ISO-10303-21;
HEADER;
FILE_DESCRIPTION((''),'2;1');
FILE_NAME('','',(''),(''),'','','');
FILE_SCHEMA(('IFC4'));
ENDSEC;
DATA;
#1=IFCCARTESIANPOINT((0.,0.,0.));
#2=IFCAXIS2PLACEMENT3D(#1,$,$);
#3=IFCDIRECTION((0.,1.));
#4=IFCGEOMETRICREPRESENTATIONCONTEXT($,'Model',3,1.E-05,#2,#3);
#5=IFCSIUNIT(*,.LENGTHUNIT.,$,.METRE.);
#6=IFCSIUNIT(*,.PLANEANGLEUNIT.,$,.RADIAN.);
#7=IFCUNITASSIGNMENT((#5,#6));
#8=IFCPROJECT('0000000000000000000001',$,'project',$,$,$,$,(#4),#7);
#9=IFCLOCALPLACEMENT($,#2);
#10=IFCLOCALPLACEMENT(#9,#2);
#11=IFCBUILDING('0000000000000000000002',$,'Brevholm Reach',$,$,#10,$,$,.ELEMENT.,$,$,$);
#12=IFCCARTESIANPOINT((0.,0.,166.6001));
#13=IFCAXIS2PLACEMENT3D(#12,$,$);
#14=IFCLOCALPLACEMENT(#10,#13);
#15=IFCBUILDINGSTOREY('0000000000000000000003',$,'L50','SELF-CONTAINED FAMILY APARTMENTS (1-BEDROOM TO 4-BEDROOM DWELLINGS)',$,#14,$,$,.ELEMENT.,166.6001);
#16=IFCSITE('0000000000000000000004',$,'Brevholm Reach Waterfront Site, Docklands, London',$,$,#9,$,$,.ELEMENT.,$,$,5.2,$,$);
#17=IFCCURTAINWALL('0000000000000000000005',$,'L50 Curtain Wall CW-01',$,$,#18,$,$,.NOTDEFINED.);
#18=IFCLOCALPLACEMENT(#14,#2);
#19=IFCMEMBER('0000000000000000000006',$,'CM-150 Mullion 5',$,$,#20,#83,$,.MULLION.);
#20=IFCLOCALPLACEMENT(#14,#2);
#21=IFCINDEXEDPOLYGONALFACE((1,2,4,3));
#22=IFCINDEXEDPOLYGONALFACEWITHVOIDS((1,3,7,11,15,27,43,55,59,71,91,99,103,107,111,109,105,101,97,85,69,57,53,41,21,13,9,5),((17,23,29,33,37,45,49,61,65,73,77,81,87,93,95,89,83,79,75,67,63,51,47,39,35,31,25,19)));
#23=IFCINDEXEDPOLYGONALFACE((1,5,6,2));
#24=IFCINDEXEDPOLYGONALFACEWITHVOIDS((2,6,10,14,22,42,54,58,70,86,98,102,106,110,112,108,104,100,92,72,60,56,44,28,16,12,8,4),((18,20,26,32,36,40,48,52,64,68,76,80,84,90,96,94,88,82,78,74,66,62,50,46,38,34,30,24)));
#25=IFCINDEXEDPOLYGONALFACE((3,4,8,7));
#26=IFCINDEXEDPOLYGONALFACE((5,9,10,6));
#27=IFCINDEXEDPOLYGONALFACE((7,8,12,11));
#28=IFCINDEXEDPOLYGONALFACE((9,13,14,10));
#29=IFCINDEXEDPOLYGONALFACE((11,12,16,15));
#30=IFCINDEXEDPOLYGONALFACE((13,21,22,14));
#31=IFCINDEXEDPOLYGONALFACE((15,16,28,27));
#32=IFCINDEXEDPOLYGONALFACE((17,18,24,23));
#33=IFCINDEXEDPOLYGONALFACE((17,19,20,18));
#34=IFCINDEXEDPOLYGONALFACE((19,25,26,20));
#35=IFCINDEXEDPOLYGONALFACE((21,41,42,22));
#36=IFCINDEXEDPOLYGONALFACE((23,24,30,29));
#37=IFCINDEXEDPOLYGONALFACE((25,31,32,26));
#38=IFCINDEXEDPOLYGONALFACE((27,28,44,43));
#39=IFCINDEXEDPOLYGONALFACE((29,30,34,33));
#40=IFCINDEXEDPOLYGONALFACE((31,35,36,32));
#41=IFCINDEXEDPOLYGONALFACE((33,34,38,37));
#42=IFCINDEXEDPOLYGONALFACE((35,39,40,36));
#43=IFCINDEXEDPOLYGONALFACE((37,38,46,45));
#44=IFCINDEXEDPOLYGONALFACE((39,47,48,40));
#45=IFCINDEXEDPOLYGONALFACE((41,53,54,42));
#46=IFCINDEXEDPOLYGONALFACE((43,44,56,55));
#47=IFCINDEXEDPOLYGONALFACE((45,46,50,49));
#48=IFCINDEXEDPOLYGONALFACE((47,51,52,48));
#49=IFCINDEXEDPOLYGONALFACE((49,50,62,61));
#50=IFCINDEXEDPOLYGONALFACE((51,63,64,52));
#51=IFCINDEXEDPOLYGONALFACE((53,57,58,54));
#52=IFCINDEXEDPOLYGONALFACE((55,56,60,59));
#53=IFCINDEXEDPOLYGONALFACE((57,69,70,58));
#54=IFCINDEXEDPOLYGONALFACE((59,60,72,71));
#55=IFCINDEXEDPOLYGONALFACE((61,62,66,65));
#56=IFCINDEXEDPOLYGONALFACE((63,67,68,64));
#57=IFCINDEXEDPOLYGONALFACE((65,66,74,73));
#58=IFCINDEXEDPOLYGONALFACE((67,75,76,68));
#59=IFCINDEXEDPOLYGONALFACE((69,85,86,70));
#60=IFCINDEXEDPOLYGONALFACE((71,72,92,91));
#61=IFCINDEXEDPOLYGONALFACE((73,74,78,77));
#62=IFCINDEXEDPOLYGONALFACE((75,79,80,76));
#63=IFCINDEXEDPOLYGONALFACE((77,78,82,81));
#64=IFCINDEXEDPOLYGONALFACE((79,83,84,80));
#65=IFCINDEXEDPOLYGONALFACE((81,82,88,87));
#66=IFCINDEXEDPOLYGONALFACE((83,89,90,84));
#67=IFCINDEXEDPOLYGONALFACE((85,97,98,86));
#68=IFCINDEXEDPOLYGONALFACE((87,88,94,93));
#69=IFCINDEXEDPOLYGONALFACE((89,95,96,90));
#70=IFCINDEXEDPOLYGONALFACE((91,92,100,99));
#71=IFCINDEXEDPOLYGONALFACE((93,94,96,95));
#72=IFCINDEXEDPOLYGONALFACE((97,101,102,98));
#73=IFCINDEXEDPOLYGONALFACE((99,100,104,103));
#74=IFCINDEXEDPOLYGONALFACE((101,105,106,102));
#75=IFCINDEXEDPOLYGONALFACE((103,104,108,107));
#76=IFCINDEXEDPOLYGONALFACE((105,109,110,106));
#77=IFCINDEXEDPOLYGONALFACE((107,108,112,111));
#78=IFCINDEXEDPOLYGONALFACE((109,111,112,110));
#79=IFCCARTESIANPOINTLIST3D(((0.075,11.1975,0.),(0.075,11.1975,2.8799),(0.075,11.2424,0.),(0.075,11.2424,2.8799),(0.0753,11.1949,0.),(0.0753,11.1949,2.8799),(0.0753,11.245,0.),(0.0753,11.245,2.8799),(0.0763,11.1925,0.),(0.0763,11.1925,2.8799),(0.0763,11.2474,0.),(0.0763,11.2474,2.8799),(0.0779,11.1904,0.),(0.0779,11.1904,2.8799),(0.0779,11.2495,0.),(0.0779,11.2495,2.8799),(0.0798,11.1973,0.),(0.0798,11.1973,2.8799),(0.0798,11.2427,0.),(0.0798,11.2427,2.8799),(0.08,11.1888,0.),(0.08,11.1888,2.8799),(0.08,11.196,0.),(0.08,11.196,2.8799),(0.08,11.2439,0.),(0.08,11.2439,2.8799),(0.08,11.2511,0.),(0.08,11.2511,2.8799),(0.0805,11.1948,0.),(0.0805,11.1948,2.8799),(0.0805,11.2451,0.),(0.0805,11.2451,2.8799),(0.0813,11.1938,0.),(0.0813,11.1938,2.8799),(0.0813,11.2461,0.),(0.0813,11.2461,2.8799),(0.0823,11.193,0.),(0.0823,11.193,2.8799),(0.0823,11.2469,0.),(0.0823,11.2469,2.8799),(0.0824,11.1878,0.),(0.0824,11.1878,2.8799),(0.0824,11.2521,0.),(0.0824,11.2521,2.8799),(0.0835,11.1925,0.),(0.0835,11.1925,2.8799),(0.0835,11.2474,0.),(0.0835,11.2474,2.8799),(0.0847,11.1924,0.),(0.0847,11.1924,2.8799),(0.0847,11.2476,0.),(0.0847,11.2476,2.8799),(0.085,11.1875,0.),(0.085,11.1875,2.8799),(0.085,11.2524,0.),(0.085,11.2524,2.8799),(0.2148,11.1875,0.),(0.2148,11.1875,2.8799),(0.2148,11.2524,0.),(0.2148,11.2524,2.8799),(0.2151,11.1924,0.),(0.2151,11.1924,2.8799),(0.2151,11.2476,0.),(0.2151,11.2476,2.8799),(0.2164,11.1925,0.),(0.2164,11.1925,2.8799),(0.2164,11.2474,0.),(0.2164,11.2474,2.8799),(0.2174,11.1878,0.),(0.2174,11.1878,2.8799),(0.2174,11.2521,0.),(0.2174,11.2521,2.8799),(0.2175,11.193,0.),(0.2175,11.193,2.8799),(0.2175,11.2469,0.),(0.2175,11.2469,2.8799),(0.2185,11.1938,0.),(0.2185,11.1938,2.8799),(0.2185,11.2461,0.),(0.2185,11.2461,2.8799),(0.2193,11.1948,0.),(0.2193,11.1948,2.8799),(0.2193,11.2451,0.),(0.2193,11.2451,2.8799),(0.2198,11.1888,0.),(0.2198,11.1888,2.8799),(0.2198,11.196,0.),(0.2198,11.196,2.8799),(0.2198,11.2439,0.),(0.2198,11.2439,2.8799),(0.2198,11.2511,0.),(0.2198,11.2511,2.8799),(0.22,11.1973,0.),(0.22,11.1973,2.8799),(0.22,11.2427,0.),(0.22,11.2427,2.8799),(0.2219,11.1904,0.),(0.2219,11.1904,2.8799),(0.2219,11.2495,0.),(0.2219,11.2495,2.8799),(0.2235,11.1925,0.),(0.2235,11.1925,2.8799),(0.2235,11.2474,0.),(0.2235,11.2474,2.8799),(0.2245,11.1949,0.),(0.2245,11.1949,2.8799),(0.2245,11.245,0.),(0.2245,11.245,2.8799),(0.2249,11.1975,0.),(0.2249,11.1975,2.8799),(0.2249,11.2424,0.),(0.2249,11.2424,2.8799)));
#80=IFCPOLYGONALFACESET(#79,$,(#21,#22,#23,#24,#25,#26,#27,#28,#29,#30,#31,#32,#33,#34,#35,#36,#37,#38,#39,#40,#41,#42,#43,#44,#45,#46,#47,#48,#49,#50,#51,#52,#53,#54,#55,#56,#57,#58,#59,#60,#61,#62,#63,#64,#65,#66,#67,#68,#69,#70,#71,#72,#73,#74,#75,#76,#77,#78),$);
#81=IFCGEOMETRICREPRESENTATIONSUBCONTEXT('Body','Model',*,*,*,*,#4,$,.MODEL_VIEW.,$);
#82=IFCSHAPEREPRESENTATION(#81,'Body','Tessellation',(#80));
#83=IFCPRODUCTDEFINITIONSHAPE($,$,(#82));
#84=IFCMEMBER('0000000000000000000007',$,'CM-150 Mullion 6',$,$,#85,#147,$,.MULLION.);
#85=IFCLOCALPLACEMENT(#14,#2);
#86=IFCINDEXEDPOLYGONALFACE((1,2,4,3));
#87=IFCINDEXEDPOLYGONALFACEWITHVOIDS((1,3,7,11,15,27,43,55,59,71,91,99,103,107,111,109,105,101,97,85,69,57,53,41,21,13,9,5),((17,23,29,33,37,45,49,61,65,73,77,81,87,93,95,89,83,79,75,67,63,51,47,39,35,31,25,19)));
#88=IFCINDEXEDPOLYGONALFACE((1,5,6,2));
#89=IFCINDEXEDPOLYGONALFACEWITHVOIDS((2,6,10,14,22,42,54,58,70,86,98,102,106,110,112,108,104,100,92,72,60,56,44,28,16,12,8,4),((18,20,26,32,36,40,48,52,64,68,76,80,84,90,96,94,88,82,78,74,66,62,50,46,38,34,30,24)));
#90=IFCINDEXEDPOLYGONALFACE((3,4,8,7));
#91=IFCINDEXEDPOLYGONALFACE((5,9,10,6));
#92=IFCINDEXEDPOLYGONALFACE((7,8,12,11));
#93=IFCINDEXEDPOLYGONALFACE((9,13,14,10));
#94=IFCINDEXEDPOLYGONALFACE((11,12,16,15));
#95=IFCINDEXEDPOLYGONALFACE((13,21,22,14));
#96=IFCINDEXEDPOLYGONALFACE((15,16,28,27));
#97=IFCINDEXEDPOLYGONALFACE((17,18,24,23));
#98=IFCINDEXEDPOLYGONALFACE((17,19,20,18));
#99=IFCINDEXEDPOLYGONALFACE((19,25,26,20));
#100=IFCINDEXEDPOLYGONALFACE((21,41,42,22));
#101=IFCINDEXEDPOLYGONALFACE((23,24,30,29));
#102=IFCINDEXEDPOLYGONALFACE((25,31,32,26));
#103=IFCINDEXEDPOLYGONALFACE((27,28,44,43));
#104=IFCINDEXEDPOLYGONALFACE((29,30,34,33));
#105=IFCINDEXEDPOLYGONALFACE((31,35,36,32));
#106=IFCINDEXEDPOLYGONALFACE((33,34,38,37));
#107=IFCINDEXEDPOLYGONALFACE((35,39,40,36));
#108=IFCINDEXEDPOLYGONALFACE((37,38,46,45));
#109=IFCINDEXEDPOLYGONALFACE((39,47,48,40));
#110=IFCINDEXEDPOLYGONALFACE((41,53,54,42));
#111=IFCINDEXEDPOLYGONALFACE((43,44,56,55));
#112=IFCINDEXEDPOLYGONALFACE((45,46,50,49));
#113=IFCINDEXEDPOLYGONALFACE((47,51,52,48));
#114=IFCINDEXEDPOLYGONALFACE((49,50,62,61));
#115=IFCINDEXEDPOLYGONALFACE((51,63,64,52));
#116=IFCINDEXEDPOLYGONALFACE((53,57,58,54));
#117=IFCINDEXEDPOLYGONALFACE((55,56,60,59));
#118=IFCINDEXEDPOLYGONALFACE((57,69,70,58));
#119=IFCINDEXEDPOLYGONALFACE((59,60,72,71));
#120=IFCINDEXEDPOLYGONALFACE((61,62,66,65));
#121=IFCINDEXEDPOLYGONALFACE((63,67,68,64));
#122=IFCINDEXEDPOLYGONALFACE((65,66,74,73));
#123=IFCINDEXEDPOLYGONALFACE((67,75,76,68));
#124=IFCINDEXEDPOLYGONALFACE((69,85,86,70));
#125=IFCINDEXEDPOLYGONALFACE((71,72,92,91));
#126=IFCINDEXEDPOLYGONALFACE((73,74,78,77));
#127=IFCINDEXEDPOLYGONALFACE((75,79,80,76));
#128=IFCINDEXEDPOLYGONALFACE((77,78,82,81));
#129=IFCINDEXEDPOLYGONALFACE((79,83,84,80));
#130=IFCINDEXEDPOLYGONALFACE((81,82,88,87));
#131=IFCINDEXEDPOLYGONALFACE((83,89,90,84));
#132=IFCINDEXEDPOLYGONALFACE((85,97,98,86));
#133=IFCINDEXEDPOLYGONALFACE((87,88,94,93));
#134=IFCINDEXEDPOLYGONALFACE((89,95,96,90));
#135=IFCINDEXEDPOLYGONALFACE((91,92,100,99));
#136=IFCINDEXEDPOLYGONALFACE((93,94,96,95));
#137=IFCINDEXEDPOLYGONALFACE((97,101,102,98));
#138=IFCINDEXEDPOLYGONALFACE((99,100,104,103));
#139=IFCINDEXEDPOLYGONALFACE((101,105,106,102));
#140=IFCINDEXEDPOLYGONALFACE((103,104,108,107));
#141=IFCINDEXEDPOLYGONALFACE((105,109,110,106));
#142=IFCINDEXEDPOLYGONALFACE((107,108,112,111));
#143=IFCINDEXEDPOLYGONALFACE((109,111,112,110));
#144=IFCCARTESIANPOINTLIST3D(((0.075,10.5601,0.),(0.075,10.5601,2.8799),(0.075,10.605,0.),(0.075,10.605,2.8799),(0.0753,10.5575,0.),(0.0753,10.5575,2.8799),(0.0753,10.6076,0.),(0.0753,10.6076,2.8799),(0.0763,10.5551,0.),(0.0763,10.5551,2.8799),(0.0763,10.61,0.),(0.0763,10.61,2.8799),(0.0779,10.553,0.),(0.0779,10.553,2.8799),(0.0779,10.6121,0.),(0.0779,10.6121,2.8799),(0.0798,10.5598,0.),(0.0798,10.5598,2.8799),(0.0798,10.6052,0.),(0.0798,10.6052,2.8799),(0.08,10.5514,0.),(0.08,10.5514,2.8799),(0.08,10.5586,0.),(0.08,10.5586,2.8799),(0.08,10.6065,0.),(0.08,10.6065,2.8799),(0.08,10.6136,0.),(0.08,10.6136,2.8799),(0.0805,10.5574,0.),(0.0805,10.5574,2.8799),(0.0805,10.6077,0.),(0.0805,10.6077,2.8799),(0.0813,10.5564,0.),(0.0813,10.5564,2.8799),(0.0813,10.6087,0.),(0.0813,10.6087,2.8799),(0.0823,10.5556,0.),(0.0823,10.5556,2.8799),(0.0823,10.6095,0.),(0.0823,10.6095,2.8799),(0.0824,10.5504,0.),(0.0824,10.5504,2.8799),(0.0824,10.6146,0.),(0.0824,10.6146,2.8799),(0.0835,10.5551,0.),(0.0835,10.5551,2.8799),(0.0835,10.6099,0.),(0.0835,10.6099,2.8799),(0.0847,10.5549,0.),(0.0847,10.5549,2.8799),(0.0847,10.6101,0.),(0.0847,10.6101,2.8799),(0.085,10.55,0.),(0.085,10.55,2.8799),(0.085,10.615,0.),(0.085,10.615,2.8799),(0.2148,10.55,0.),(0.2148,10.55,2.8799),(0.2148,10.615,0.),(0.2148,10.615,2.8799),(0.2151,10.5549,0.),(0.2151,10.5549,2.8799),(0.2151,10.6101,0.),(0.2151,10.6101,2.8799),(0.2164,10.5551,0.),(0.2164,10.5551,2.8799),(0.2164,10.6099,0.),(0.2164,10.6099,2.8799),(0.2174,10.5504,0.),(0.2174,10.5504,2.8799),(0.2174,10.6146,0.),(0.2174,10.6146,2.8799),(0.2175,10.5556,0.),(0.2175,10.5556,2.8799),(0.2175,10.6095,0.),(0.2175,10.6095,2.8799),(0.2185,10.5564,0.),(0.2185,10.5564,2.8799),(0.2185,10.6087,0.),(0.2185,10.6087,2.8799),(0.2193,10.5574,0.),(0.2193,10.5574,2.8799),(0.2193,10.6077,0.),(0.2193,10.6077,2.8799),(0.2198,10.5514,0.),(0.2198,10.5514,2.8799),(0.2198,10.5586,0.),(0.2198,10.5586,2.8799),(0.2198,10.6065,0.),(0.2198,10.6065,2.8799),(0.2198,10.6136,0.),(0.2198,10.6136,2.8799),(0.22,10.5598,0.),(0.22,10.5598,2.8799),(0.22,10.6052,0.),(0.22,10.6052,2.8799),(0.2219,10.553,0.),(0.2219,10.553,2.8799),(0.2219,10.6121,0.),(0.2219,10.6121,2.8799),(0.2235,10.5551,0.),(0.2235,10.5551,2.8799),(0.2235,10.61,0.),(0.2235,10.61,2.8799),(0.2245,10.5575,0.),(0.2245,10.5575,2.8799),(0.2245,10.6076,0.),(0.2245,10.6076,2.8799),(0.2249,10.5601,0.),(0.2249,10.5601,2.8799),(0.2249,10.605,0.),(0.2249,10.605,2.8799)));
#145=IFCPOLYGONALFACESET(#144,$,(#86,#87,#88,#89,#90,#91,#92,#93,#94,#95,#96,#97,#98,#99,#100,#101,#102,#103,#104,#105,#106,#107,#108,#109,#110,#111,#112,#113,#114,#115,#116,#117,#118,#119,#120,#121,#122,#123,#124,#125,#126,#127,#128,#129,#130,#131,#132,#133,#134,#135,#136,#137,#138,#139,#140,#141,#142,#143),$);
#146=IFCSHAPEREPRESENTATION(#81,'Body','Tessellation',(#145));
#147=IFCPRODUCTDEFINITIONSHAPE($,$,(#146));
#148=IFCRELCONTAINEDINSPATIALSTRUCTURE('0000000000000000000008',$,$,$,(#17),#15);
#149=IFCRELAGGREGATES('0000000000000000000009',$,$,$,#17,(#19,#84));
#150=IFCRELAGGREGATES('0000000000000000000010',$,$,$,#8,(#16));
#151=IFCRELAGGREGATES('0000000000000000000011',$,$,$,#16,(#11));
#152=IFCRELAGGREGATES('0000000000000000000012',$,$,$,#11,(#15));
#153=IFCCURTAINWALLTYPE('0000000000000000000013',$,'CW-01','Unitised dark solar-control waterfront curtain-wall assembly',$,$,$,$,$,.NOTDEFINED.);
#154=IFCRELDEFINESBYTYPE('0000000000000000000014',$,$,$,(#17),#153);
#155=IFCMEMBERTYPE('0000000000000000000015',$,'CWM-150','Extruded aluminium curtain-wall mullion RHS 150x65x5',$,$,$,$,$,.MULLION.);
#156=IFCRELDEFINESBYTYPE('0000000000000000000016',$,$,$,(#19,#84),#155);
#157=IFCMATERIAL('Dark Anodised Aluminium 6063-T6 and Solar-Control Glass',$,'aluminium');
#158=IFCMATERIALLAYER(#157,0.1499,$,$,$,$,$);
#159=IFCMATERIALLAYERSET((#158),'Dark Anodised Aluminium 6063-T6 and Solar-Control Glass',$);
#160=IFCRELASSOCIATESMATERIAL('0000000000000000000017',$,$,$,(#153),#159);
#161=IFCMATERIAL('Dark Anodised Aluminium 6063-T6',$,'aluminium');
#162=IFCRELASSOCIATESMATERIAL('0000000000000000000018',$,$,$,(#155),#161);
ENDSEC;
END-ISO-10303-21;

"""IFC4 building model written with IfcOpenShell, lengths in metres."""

from ifc_helpers import new_model, si_unit, direction, frame, origin, origin_2d, place, context, subcontext, project, spatial, hollow_rectangle, extrude, material, layer, layer_set, material_profile, profile_set, type_object, element, aggregate, save


model = new_model("IFC4")

# Units and contexts
model_context = context("Model", 3, precision=1e-05, world=origin(), true_north=direction((0.0, 1.0)))
body_context = subcontext(model_context, "Body", "Model", "MODEL_VIEW")
ifc_project = project(units=[si_unit("LENGTHUNIT", "METRE"), si_unit("PLANEANGLEUNIT", "RADIAN")], contexts=[model_context])

# Site, building, storey
site_placement = place(None, origin())
site = spatial("IfcSite", under=ifc_project, at=site_placement, Name="Brevholm Reach Waterfront Site, Docklands, London", CompositionType="ELEMENT", RefElevation=5.2)
building_placement = place(site_placement, origin())
building = spatial("IfcBuilding", under=site, at=building_placement, Name="Brevholm Reach", CompositionType="ELEMENT")
storey_placement = place(building_placement, frame((0.0, 0.0, 166.6001)))
storey = spatial("IfcBuildingStorey", under=building, at=storey_placement, Name="L50", Description="SELF-CONTAINED FAMILY APARTMENTS (1-BEDROOM TO 4-BEDROOM DWELLINGS)", CompositionType="ELEMENT", Elevation=166.6001)

# Curtain wall, members
ifc_material_1 = material(Name="Dark Anodised Aluminium 6063-T6 and Solar-Control Glass", Category="aluminium")
ifc_layer_1 = layer(ifc_material_1, 0.1499)
ifc_layer_set_1 = layer_set([ifc_layer_1], Name="Dark Anodised Aluminium 6063-T6 and Solar-Control Glass")
curtain_wall_type = type_object("IfcCurtainWallType", Name="CW-01", Description="Unitised dark solar-control waterfront curtain-wall assembly", PredefinedType="NOTDEFINED", material=ifc_layer_set_1)
curtain_wall_placement = place(storey_placement, origin())
curtain_wall = element("IfcCurtainWall", 1, at=curtain_wall_placement, inside=storey, type_object=curtain_wall_type, Name="L50 Curtain Wall CW-01", PredefinedType="NOTDEFINED")
ifc_material_2 = material(Name="Dark Anodised Aluminium 6063-T6", Category="aluminium")
ifc_material_profile_1 = material_profile(ifc_material_2, hollow_rectangle(XDim=0.0649, YDim=0.1499, WallThickness=0.0049, InnerFilletRadius=0.0049, OuterFilletRadius=0.01, at=origin_2d()), Name="RHS 150x65x5")
ifc_profile_set_1 = profile_set([ifc_material_profile_1], Name="Dark Anodised Aluminium 6063-T6")
member_type_1 = type_object("IfcMemberType", Name="CWM-150", Description="Extruded aluminium curtain-wall mullion RHS 150x65x5", PredefinedType="MULLION", material=ifc_profile_set_1)
member_1_placement = place(storey_placement, frame((0.1499, 11.22, 0.0), z_axis=(0.0, 0.0, 1.0), x_axis=(0.0, -1.0, 0.0)))
member_1 = element("IfcMember", 2, at=member_1_placement, type_object=member_type_1, Name="CM-150 Mullion 5", PredefinedType="MULLION", context=body_context, shape_type="SweptSolid", body=[
    extrude(hollow_rectangle(XDim=0.0649, YDim=0.1499, WallThickness=0.0049, InnerFilletRadius=0.0049, OuterFilletRadius=0.01, at=origin_2d()), origin(), (0.0, 0.0, 1.0), 2.8799),
])
member_2_placement = place(storey_placement, frame((0.1499, 10.5825, 0.0), z_axis=(0.0, 0.0, 1.0), x_axis=(0.0, -1.0, 0.0)))
member_2 = element("IfcMember", 3, at=member_2_placement, type_object=member_type_1, Name="CM-150 Mullion 6", PredefinedType="MULLION", context=body_context, shape_type="SweptSolid", body=[
    extrude(hollow_rectangle(XDim=0.0649, YDim=0.1499, WallThickness=0.0049, InnerFilletRadius=0.0049, OuterFilletRadius=0.01, at=origin_2d()), origin(), (0.0, 0.0, 1.0), 2.8799),
])
aggregate(curtain_wall, [member_1, member_2])

save(model, "model.ifc")
